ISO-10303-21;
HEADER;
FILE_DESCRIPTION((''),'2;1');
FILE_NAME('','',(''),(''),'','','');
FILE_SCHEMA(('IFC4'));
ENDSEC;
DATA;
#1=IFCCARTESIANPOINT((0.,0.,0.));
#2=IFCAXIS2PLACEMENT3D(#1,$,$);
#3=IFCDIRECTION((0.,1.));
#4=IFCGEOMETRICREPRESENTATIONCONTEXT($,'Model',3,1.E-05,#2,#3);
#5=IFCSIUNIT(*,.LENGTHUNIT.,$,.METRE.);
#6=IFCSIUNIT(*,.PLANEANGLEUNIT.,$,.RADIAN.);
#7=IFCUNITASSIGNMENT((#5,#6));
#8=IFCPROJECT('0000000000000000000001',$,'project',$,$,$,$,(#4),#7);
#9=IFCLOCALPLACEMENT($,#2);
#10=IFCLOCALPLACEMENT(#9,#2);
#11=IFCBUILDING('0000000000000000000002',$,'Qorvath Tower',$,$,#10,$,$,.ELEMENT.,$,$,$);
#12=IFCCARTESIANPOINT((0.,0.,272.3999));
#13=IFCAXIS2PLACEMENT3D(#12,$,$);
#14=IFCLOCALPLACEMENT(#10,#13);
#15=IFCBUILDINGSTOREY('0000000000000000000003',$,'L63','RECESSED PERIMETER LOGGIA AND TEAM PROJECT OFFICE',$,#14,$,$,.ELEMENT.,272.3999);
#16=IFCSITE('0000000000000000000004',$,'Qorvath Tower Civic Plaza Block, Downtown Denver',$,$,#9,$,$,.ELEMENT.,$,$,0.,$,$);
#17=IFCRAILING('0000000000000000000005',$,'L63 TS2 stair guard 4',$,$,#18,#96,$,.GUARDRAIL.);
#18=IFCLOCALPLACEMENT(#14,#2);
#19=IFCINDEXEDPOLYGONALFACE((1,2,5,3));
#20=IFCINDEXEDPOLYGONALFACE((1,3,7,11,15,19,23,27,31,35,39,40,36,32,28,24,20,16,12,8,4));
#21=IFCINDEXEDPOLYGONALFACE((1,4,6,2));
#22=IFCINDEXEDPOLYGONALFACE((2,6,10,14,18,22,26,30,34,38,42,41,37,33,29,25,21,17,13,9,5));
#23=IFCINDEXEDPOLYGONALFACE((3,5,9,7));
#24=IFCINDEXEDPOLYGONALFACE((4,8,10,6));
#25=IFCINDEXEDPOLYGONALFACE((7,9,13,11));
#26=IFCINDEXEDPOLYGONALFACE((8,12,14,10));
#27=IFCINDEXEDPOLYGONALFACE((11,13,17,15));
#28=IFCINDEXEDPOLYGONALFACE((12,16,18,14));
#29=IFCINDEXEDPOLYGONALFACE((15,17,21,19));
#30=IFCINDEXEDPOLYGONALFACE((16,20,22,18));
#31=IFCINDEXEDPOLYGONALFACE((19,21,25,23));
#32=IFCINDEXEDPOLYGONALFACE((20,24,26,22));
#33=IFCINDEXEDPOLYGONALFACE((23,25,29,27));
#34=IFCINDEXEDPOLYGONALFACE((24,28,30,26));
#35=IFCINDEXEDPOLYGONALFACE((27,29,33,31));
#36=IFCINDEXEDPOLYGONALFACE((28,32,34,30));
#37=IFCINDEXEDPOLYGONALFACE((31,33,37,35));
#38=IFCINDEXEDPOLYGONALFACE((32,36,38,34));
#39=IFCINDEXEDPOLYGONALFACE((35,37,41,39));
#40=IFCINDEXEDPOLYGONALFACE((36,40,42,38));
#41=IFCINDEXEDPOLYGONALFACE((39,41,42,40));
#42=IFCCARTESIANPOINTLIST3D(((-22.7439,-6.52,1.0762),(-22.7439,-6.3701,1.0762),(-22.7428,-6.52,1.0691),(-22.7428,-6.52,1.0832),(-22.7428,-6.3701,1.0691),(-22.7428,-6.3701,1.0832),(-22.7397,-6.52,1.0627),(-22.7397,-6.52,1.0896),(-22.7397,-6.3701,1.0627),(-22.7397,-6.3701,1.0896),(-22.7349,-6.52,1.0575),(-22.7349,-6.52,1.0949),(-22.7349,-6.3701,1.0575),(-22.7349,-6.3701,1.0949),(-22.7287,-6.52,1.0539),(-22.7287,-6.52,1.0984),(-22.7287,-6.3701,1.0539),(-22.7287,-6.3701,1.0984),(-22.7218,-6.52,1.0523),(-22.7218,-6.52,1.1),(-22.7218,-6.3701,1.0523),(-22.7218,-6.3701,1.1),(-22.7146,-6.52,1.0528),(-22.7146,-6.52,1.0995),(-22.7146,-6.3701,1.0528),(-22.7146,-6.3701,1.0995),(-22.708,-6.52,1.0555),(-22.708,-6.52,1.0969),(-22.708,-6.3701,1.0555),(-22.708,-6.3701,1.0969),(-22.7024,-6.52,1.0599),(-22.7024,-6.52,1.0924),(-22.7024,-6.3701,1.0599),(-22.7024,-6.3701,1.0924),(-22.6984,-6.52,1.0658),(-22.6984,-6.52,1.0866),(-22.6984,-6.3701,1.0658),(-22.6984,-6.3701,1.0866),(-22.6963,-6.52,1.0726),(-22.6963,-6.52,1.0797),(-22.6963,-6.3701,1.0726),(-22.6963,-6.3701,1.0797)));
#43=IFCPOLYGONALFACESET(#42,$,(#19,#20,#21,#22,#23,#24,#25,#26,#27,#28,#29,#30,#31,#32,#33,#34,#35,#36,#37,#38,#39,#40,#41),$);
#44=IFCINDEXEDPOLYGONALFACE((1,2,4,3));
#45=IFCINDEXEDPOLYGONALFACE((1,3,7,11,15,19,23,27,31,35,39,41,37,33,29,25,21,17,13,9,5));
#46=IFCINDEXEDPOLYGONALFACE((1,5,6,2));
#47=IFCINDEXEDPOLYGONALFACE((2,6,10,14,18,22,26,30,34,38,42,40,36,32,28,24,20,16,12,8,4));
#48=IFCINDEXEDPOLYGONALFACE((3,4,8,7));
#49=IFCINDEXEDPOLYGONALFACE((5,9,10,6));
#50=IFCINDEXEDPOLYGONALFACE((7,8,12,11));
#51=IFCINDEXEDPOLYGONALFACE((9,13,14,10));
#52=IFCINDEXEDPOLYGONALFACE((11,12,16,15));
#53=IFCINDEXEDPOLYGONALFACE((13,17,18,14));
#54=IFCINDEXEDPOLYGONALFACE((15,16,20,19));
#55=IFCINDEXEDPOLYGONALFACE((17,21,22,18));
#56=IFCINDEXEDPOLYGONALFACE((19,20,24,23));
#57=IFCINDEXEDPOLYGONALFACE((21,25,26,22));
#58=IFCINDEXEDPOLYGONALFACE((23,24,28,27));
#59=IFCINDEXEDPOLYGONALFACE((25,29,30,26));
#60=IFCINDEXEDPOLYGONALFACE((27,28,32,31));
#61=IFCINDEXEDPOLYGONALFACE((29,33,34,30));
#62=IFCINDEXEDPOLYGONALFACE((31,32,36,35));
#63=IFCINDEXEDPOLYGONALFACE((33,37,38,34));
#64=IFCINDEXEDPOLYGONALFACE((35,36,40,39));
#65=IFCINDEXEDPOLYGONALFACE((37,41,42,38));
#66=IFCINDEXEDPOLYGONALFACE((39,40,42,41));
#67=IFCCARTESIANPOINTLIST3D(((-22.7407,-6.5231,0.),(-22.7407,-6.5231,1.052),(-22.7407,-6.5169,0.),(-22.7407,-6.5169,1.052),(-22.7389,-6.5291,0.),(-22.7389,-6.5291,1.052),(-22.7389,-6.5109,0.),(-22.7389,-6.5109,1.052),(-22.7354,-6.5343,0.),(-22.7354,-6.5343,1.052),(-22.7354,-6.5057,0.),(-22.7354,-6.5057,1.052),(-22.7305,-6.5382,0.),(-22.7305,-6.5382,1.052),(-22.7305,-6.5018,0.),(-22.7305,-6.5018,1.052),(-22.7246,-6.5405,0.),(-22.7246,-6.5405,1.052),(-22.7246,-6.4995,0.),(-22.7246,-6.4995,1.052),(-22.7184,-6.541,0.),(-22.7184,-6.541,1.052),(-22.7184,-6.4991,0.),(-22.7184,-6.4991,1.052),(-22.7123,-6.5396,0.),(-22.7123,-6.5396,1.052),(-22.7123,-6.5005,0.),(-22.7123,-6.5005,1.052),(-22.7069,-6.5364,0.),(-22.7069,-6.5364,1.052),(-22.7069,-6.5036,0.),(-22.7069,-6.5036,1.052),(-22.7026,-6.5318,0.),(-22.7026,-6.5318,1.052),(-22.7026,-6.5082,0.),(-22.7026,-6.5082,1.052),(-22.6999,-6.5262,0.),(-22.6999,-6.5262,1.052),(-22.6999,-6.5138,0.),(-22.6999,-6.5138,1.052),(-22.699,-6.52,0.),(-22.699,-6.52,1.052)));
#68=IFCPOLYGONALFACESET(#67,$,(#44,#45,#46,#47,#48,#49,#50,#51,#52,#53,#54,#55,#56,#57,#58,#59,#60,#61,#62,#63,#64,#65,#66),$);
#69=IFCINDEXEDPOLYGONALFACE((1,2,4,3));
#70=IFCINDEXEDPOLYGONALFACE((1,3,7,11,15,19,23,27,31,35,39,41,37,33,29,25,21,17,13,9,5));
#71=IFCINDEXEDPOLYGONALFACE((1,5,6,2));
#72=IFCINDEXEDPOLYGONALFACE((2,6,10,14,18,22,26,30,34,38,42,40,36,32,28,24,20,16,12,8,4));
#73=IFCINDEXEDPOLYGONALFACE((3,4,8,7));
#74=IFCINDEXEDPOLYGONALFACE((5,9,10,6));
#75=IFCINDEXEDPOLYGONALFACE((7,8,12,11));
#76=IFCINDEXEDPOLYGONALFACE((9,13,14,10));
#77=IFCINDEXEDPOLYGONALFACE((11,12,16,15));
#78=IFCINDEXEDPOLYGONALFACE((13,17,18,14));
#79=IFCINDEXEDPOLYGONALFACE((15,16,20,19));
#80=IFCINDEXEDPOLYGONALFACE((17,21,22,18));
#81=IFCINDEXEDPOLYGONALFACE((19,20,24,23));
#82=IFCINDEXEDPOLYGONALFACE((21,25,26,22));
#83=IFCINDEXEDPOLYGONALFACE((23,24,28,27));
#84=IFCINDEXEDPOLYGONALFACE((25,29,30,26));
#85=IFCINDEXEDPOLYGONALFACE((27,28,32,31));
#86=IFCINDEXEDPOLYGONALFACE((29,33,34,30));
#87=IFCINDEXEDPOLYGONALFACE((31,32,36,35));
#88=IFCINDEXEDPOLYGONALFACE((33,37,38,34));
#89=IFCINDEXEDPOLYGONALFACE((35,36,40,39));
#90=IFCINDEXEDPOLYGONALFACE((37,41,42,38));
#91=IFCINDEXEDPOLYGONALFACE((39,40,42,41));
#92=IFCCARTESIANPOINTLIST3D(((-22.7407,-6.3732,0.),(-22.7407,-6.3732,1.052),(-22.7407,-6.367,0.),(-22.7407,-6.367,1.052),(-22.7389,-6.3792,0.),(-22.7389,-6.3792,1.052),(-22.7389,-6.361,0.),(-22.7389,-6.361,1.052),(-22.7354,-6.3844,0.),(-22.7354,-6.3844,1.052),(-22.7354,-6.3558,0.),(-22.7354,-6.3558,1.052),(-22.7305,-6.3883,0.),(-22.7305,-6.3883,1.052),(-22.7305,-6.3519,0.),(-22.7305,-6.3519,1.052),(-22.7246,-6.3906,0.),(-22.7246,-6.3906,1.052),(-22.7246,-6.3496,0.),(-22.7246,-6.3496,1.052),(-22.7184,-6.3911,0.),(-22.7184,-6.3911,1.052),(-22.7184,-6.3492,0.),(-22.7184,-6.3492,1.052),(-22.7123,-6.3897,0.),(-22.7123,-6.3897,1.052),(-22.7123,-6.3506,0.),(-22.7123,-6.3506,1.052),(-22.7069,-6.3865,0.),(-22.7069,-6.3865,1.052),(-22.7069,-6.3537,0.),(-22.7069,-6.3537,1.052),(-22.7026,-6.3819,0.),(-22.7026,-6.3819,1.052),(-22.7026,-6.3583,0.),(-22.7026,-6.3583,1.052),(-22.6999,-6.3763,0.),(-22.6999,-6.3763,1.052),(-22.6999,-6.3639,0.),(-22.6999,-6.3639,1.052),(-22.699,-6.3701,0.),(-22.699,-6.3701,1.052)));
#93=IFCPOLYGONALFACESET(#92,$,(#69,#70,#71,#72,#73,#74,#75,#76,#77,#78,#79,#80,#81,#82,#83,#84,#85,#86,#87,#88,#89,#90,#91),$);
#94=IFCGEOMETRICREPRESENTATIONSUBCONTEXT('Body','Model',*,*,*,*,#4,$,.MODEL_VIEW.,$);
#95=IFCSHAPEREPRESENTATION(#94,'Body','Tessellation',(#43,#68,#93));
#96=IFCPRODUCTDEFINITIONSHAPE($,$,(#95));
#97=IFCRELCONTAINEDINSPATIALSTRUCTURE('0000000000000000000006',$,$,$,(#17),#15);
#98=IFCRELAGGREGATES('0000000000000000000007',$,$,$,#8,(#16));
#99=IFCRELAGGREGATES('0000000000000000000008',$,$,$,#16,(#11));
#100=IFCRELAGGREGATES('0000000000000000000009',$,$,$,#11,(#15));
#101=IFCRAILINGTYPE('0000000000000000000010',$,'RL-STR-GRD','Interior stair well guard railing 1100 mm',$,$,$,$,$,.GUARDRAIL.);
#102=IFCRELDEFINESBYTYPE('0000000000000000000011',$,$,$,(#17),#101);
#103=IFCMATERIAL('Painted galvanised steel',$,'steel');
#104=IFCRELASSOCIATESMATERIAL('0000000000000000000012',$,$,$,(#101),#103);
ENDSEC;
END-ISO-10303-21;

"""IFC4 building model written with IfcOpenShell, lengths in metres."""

from ifc_helpers import new_model, si_unit, direction, frame, origin, origin_2d, place, context, subcontext, project, spatial, circle, extrude, material, type_object, element, save


model = new_model("IFC4")

# Units and contexts
model_context = context("Model", 3, precision=1e-05, world=origin(), true_north=direction((0.0, 1.0)))
body_context = subcontext(model_context, "Body", "Model", "MODEL_VIEW")
ifc_project = project(units=[si_unit("LENGTHUNIT", "METRE"), si_unit("PLANEANGLEUNIT", "RADIAN")], contexts=[model_context])

# Site, building, storey
site_placement = place(None, origin())
site = spatial("IfcSite", under=ifc_project, at=site_placement, Name="Qorvath Tower Civic Plaza Block, Downtown Denver", CompositionType="ELEMENT", RefElevation=0.0)
building_placement = place(site_placement, origin())
building = spatial("IfcBuilding", under=site, at=building_placement, Name="Qorvath Tower", CompositionType="ELEMENT")
storey_placement = place(building_placement, frame((0.0, 0.0, 272.3999)))
storey = spatial("IfcBuildingStorey", under=building, at=storey_placement, Name="L63", Description="RECESSED PERIMETER LOGGIA AND TEAM PROJECT OFFICE", CompositionType="ELEMENT", Elevation=272.3999)

# Railing
ifc_material_1 = material(Name="Painted galvanised steel", Category="steel")
railing_type_1 = type_object("IfcRailingType", Name="RL-STR-GRD", Description="Interior stair well guard railing 1100 mm", PredefinedType="GUARDRAIL", material=ifc_material_1)
railing_1_placement = place(storey_placement, frame((-22.72, -6.52, 0.0)))
element("IfcRailing", 1, at=railing_1_placement, inside=storey, type_object=railing_type_1, Name="L63 TS2 stair guard 4", PredefinedType="GUARDRAIL", context=body_context, shape_type="SweptSolid", body=[
    extrude(circle(Radius=0.0239, at=origin_2d()), frame((0.0, 0.0, 1.0762), z_axis=(0.0, 1.0, 0.0), x_axis=(-1.0, 0.0, 0.0)), (0.0, 0.0, 1.0), 0.1499),
    extrude(circle(Radius=0.021, at=origin_2d()), origin(), (0.0, 0.0, 1.0), 1.052),
    extrude(circle(Radius=0.021, at=origin_2d()), frame((0.0, 0.1499, 0.0)), (0.0, 0.0, 1.0), 1.052),
])

save(model, "model.ifc")
